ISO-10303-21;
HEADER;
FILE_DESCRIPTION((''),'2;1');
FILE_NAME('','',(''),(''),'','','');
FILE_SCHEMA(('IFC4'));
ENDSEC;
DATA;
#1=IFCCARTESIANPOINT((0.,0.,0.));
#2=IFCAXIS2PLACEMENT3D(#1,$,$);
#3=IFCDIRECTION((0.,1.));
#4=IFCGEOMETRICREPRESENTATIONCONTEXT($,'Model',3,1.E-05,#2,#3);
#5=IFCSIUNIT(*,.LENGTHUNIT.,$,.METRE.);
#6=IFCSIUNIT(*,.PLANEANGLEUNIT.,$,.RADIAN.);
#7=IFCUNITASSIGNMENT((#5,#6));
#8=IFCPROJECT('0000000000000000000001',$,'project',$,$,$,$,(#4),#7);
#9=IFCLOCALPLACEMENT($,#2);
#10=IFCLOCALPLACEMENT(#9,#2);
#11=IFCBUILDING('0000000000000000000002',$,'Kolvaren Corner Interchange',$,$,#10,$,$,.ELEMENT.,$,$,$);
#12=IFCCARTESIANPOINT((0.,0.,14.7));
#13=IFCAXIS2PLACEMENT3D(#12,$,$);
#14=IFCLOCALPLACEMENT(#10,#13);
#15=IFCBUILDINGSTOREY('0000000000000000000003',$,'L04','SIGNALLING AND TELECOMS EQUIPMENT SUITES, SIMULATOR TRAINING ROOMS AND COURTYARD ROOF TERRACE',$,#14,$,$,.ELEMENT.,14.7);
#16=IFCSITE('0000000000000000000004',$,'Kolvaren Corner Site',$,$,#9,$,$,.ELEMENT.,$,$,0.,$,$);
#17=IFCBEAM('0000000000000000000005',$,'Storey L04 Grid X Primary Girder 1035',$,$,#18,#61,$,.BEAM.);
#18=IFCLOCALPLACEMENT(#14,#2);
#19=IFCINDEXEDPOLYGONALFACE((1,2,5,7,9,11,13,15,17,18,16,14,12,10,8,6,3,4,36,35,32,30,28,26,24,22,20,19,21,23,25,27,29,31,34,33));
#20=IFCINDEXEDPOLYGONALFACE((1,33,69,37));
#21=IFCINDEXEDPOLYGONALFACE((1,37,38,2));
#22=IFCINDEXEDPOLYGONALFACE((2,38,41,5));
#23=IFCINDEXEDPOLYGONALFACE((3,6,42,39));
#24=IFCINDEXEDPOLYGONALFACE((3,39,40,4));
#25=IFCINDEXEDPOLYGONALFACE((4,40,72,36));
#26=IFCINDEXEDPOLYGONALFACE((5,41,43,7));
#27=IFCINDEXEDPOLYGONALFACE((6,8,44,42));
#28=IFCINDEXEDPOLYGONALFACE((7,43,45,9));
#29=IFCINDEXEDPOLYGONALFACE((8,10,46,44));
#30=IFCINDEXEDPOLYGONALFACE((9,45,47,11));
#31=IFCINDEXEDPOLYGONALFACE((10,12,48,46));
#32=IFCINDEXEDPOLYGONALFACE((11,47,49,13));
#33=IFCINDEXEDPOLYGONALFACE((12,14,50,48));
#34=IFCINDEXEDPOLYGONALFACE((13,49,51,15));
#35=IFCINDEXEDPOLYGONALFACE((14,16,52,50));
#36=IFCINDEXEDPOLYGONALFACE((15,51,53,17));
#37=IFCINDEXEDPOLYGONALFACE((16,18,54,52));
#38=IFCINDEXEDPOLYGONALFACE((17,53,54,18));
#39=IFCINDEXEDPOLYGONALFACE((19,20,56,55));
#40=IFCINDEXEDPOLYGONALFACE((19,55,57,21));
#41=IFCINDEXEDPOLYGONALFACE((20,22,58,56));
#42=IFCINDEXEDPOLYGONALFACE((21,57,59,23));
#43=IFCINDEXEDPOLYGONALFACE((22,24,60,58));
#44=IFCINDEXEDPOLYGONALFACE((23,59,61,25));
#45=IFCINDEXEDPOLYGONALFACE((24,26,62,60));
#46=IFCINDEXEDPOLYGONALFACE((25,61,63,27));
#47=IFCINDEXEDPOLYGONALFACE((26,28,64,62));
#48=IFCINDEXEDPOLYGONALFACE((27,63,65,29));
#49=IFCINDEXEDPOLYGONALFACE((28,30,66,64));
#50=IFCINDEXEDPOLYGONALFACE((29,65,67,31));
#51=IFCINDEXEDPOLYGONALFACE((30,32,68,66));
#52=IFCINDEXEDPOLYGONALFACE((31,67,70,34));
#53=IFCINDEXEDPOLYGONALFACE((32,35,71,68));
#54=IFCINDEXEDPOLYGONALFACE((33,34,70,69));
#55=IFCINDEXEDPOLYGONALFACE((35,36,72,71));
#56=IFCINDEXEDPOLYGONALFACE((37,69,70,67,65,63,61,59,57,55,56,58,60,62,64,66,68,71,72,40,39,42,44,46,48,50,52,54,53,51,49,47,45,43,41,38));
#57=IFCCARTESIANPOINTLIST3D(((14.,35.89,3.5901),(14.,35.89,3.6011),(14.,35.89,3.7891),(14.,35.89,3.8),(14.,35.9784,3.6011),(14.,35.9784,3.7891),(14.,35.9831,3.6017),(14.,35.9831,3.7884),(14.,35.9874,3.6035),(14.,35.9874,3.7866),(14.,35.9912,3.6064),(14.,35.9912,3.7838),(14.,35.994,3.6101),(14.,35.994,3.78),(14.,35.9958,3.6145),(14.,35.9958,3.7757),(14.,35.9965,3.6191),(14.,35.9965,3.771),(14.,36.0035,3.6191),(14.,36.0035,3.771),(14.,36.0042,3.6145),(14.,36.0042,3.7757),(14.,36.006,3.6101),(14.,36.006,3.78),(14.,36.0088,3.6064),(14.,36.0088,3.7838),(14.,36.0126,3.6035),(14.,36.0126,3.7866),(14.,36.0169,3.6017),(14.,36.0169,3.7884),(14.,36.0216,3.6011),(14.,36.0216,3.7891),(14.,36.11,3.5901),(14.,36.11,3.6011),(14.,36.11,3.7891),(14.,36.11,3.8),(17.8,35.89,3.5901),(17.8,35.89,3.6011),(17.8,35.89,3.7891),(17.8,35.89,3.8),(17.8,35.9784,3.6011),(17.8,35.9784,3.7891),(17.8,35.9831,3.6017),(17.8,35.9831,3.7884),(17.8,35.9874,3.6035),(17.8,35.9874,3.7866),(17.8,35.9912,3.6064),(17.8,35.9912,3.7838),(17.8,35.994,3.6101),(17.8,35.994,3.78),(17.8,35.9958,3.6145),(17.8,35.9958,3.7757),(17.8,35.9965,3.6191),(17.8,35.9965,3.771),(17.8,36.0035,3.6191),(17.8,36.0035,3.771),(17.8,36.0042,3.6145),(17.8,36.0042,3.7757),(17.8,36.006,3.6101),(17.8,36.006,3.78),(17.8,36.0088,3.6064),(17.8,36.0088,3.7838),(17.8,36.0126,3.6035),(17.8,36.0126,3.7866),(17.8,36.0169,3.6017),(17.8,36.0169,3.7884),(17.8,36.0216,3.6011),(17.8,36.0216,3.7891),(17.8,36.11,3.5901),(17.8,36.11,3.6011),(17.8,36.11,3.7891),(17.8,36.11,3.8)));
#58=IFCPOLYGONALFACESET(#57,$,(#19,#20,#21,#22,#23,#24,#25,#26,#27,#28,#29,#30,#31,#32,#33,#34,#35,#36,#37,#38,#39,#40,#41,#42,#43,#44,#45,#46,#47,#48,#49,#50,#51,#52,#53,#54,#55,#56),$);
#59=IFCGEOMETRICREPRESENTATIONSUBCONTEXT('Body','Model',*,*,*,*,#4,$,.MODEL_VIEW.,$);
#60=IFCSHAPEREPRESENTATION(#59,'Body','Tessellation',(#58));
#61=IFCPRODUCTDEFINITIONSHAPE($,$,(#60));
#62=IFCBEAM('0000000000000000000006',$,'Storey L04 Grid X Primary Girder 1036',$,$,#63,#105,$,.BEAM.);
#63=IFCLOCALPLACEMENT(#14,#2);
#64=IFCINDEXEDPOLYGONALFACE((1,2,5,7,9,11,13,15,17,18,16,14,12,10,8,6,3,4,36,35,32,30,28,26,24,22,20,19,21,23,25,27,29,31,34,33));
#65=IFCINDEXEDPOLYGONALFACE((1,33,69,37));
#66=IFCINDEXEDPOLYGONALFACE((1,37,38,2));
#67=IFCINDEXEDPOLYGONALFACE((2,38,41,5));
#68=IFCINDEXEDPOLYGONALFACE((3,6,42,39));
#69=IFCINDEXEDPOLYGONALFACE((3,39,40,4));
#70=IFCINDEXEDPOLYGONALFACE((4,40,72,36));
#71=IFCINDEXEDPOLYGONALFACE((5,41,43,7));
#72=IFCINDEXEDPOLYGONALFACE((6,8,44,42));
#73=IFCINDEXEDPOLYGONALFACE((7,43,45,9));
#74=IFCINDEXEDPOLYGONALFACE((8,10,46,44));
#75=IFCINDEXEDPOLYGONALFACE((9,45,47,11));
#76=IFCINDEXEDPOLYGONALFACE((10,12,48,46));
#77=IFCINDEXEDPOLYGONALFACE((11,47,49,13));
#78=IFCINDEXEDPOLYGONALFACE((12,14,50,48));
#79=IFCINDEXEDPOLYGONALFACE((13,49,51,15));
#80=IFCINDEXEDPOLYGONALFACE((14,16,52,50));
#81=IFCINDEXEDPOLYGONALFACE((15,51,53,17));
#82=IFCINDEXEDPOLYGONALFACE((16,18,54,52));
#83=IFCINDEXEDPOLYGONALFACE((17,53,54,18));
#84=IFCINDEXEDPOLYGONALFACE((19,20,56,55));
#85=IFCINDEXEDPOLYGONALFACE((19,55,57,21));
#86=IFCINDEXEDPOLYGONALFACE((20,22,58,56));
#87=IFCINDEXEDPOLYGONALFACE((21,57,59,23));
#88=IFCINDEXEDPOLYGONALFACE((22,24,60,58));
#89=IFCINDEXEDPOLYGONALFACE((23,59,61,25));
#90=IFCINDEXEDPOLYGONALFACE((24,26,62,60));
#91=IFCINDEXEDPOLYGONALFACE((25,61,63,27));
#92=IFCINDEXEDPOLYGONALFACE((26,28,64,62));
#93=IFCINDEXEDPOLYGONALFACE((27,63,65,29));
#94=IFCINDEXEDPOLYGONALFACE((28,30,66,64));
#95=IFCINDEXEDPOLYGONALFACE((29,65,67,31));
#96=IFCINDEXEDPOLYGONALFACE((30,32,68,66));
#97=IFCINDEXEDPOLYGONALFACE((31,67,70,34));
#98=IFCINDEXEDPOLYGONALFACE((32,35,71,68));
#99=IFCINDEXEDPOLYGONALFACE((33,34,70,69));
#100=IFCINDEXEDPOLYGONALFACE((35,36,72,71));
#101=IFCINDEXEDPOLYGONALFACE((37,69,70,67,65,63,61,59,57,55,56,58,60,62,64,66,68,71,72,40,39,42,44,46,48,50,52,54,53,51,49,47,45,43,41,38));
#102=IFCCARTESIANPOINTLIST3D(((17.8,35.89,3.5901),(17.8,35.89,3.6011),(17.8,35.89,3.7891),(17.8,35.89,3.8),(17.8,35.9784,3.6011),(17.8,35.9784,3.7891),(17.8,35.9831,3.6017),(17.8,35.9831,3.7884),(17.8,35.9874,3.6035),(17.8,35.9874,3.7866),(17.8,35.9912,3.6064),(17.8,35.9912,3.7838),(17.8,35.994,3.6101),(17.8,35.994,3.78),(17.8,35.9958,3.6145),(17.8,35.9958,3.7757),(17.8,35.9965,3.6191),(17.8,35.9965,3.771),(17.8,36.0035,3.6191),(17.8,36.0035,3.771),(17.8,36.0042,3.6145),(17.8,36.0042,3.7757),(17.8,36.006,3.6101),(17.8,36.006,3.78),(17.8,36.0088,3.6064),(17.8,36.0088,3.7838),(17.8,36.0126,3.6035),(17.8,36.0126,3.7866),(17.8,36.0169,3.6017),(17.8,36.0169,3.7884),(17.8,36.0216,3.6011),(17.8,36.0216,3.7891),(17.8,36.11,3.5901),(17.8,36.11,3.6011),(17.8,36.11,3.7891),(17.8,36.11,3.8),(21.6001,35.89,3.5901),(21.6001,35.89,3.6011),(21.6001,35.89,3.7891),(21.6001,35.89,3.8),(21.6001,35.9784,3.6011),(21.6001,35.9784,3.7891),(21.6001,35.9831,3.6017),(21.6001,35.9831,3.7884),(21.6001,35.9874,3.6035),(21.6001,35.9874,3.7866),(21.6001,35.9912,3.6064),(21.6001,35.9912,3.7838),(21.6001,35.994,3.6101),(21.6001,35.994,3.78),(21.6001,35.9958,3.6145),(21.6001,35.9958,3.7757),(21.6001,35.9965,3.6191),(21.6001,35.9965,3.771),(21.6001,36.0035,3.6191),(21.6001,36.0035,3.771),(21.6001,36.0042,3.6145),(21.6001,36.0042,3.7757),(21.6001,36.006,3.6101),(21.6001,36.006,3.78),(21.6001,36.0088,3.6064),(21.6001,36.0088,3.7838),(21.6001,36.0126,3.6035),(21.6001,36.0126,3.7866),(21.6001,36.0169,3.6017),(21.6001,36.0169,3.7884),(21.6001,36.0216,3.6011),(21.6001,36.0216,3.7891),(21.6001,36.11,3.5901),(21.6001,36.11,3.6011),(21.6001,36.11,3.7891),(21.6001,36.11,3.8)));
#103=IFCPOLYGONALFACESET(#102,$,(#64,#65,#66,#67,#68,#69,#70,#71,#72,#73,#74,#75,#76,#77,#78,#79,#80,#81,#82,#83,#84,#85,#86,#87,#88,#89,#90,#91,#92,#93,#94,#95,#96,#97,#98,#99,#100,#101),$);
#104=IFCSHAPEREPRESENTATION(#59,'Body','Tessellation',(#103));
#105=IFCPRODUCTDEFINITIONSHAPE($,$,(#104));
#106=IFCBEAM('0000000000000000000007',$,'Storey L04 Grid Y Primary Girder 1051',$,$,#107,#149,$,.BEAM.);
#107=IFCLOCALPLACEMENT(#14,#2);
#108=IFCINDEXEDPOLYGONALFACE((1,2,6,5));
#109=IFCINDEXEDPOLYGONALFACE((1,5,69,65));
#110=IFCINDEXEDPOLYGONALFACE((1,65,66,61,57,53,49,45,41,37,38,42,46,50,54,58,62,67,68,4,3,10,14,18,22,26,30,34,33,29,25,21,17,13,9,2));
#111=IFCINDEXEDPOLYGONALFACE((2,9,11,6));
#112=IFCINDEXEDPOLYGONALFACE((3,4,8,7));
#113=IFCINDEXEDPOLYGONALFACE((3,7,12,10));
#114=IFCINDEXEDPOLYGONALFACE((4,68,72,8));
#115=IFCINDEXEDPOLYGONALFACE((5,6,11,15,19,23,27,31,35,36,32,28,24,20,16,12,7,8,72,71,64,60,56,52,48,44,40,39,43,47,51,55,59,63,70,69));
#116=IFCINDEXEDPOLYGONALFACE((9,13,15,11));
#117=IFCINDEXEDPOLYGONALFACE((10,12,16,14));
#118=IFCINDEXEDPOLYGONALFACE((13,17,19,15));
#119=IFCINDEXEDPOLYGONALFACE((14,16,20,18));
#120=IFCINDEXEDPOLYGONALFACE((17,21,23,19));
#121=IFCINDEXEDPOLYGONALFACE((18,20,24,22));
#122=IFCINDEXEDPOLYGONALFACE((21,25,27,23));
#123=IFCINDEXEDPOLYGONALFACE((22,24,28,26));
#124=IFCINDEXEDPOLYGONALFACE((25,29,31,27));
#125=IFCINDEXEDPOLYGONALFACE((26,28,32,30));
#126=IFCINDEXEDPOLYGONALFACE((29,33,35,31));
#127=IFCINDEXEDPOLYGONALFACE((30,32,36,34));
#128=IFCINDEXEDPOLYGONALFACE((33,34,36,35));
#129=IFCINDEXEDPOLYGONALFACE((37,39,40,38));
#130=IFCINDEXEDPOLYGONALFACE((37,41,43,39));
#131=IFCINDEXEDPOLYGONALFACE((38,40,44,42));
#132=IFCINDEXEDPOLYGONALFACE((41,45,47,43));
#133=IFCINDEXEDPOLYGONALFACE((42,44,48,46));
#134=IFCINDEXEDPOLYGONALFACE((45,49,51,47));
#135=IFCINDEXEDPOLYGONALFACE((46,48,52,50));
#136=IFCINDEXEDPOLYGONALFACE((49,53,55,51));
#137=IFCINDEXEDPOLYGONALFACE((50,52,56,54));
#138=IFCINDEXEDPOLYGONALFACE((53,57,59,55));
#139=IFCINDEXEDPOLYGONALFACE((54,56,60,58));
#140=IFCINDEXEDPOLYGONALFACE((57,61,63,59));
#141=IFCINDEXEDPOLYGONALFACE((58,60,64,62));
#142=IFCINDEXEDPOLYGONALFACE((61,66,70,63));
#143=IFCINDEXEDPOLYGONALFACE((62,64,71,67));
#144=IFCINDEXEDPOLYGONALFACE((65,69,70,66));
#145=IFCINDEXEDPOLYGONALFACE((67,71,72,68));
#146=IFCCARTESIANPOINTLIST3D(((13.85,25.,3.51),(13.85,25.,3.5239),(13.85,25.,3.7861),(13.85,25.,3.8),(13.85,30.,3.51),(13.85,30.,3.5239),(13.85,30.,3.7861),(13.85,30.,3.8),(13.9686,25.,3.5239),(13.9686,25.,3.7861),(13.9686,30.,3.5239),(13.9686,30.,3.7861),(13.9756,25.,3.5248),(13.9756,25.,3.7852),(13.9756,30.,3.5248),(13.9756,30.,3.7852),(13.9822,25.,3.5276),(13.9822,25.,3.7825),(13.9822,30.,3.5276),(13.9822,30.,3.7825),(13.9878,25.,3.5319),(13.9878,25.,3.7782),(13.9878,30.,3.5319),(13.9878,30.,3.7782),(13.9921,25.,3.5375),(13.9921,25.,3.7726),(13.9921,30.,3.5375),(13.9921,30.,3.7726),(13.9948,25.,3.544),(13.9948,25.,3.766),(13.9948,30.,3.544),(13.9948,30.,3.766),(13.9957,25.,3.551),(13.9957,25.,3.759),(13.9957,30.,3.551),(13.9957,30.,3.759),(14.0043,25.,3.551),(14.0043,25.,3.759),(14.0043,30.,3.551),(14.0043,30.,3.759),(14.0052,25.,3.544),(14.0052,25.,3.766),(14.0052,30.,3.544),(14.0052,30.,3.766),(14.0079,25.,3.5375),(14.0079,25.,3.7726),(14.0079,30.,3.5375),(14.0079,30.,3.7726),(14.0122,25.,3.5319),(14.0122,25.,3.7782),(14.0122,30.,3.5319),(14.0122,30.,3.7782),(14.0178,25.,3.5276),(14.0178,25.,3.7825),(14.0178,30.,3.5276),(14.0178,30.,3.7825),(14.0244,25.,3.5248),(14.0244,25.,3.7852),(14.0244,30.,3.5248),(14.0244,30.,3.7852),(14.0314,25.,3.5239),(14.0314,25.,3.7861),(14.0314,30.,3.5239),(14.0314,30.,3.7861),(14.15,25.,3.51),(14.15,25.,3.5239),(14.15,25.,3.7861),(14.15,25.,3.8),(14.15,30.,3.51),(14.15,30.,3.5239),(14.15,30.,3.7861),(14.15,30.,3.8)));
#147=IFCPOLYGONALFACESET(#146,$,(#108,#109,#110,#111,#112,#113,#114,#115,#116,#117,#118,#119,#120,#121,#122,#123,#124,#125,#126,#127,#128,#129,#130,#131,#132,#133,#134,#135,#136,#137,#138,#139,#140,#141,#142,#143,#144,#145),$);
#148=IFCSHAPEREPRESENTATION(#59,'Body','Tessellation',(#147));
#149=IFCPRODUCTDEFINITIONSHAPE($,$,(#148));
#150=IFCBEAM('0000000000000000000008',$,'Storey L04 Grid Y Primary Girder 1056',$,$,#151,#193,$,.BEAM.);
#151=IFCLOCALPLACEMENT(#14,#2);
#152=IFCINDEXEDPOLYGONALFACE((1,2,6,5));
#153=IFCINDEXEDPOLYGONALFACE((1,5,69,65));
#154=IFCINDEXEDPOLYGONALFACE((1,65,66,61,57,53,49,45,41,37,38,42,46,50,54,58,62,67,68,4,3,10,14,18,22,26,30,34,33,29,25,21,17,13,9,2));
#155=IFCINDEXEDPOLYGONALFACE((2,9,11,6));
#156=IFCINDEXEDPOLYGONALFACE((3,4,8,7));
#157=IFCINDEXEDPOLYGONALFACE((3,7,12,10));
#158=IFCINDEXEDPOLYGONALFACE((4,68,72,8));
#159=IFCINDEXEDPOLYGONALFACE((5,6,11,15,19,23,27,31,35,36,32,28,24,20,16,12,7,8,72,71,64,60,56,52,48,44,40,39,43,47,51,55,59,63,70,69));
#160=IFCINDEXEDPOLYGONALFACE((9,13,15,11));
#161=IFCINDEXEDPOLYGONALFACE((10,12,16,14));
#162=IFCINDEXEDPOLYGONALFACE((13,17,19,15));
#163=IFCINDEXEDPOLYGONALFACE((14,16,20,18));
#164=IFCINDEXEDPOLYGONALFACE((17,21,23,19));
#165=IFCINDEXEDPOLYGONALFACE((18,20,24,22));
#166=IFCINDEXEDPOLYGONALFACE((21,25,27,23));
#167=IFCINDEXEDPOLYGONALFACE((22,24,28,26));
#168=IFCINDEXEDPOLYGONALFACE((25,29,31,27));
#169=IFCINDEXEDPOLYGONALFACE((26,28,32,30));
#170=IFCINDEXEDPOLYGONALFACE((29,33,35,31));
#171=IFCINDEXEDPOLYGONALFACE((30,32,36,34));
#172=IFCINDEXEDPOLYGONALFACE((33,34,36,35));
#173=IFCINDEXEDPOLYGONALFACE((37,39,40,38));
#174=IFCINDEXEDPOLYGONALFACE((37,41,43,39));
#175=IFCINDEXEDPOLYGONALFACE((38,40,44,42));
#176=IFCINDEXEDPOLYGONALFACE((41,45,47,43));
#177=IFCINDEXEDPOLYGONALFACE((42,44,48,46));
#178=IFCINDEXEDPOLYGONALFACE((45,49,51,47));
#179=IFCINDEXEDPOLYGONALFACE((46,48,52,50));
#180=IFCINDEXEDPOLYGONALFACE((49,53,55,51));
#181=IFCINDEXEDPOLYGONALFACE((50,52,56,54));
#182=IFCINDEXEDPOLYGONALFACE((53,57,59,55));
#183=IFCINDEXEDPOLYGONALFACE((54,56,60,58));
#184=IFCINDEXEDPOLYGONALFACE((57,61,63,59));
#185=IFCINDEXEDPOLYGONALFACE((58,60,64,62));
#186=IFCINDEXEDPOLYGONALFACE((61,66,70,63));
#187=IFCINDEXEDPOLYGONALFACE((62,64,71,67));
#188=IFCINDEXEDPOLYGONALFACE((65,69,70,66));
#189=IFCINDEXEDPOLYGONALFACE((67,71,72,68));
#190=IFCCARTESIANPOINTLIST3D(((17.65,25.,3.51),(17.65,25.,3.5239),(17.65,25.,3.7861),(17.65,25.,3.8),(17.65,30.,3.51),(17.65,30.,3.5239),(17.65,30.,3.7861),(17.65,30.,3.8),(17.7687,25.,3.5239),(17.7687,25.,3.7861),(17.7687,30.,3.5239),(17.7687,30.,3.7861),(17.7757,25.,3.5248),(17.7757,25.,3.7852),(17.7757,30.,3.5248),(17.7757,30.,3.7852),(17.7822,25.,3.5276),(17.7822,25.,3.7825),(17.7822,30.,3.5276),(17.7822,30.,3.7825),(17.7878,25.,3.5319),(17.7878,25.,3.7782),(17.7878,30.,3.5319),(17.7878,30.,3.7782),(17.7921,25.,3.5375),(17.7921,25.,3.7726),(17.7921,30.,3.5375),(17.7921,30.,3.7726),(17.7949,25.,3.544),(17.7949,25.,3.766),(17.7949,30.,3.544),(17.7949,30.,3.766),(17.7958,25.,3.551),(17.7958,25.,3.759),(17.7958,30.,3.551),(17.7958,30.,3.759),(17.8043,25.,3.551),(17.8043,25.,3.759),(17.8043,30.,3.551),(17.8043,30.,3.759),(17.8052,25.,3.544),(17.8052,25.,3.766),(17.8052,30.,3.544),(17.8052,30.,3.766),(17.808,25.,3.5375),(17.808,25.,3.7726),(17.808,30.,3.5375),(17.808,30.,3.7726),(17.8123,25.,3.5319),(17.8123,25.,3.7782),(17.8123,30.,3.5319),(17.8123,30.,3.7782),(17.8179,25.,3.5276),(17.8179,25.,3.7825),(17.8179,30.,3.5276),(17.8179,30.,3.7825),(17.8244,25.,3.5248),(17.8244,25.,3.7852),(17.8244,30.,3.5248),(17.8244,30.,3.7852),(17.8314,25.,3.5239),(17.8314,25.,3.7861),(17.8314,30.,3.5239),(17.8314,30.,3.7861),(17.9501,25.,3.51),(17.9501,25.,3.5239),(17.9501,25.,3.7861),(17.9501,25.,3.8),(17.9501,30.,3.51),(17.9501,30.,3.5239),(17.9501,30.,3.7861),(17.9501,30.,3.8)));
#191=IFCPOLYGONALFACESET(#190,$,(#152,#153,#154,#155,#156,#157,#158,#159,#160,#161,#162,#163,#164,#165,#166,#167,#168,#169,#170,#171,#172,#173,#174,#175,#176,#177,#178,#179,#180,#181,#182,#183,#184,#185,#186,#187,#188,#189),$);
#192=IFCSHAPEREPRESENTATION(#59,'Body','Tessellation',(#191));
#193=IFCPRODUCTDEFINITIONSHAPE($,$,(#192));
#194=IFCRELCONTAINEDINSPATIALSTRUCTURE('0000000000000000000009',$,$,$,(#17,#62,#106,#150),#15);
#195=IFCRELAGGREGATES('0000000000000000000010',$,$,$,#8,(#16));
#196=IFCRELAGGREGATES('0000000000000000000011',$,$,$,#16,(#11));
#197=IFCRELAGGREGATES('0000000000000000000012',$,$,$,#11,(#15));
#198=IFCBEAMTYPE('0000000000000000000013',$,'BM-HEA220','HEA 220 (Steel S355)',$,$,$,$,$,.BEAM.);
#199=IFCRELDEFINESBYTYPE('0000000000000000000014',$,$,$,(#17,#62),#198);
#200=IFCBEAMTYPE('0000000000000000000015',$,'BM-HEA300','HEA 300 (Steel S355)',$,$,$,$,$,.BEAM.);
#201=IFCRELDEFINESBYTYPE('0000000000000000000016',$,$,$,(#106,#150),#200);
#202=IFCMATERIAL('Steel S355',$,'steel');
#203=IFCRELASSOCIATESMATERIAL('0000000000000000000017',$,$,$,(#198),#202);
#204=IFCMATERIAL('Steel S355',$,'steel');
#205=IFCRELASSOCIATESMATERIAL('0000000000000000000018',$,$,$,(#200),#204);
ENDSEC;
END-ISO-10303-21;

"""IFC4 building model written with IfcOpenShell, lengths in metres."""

from ifc_helpers import new_model, si_unit, direction, frame, origin, origin_2d, place, context, subcontext, project, spatial, i_section, extrude, material, material_profile, profile_set, type_object, element, save


model = new_model("IFC4")

# Units and contexts
model_context = context("Model", 3, precision=1e-05, world=origin(), true_north=direction((0.0, 1.0)))
body_context = subcontext(model_context, "Body", "Model", "MODEL_VIEW")
ifc_project = project(units=[si_unit("LENGTHUNIT", "METRE"), si_unit("PLANEANGLEUNIT", "RADIAN")], contexts=[model_context])

# Site, building, storey
site_placement = place(None, origin())
site = spatial("IfcSite", under=ifc_project, at=site_placement, Name="Kolvaren Corner Site", CompositionType="ELEMENT", RefElevation=0.0)
building_placement = place(site_placement, origin())
building = spatial("IfcBuilding", under=site, at=building_placement, Name="Kolvaren Corner Interchange", CompositionType="ELEMENT")
storey_placement = place(building_placement, frame((0.0, 0.0, 14.7)))
storey = spatial("IfcBuildingStorey", under=building, at=storey_placement, Name="L04", Description="SIGNALLING AND TELECOMS EQUIPMENT SUITES, SIMULATOR TRAINING ROOMS AND COURTYARD ROOF TERRACE", CompositionType="ELEMENT", Elevation=14.7)

# Beams
ifc_material_1 = material(Name="Steel S355", Category="steel")
ifc_material_profile_1 = material_profile(ifc_material_1, i_section(OverallWidth=0.22, OverallDepth=0.21, WebThickness=0.0071, FlangeThickness=0.011, FilletRadius=0.0181, at=origin_2d()), Name="HEA 220")
ifc_profile_set_1 = profile_set([ifc_material_profile_1], Name="Steel S355")
beam_type_1 = type_object("IfcBeamType", Name="BM-HEA220", Description="HEA 220 (Steel S355)", PredefinedType="BEAM", material=ifc_profile_set_1)
for number, where, z_axis, x_axis, name in (
    (1, (14.0, 36.0, 3.6951), (1.0, 0.0, 0.0), (0.0, 1.0, 0.0), "Storey L04 Grid X Primary Girder 1035"),
    (2, (17.8, 36.0, 3.6951), (1.0, 0.0, 0.0), (0.0, 1.0, 0.0), "Storey L04 Grid X Primary Girder 1036"),
):
    element("IfcBeam", number, at=place(storey_placement, frame(where, z_axis=z_axis, x_axis=x_axis)), inside=storey, type_object=beam_type_1, Name=name, PredefinedType="BEAM", context=body_context, shape_type="SweptSolid", body=[
        extrude(i_section(OverallWidth=0.22, OverallDepth=0.21, WebThickness=0.0071, FlangeThickness=0.011, FilletRadius=0.0181, at=origin_2d()), origin(), (0.0, 0.0, 1.0), 3.8),
    ])
ifc_material_2 = material(Name="Steel S355", Category="steel")
ifc_material_profile_2 = material_profile(ifc_material_2, i_section(OverallWidth=0.3, OverallDepth=0.29, WebThickness=0.0085, FlangeThickness=0.0139, FilletRadius=0.0271, at=origin_2d()), Name="HEA 300")
ifc_profile_set_2 = profile_set([ifc_material_profile_2], Name="Steel S355")
beam_type_2 = type_object("IfcBeamType", Name="BM-HEA300", Description="HEA 300 (Steel S355)", PredefinedType="BEAM", material=ifc_profile_set_2)
for number, where, z_axis, x_axis, name in (
    (3, (14.0, 25.0, 3.655), (0.0, 1.0, 0.0), (-1.0, 0.0, 0.0), "Storey L04 Grid Y Primary Girder 1051"),
    (4, (17.8, 25.0, 3.655), (0.0, 1.0, 0.0), (-1.0, 0.0, 0.0), "Storey L04 Grid Y Primary Girder 1056"),
):
    element("IfcBeam", number, at=place(storey_placement, frame(where, z_axis=z_axis, x_axis=x_axis)), inside=storey, type_object=beam_type_2, Name=name, PredefinedType="BEAM", context=body_context, shape_type="SweptSolid", body=[
        extrude(i_section(OverallWidth=0.3, OverallDepth=0.29, WebThickness=0.0085, FlangeThickness=0.0139, FilletRadius=0.0271, at=origin_2d()), origin(), (0.0, 0.0, 1.0), 5.0),
    ])

save(model, "model.ifc")
